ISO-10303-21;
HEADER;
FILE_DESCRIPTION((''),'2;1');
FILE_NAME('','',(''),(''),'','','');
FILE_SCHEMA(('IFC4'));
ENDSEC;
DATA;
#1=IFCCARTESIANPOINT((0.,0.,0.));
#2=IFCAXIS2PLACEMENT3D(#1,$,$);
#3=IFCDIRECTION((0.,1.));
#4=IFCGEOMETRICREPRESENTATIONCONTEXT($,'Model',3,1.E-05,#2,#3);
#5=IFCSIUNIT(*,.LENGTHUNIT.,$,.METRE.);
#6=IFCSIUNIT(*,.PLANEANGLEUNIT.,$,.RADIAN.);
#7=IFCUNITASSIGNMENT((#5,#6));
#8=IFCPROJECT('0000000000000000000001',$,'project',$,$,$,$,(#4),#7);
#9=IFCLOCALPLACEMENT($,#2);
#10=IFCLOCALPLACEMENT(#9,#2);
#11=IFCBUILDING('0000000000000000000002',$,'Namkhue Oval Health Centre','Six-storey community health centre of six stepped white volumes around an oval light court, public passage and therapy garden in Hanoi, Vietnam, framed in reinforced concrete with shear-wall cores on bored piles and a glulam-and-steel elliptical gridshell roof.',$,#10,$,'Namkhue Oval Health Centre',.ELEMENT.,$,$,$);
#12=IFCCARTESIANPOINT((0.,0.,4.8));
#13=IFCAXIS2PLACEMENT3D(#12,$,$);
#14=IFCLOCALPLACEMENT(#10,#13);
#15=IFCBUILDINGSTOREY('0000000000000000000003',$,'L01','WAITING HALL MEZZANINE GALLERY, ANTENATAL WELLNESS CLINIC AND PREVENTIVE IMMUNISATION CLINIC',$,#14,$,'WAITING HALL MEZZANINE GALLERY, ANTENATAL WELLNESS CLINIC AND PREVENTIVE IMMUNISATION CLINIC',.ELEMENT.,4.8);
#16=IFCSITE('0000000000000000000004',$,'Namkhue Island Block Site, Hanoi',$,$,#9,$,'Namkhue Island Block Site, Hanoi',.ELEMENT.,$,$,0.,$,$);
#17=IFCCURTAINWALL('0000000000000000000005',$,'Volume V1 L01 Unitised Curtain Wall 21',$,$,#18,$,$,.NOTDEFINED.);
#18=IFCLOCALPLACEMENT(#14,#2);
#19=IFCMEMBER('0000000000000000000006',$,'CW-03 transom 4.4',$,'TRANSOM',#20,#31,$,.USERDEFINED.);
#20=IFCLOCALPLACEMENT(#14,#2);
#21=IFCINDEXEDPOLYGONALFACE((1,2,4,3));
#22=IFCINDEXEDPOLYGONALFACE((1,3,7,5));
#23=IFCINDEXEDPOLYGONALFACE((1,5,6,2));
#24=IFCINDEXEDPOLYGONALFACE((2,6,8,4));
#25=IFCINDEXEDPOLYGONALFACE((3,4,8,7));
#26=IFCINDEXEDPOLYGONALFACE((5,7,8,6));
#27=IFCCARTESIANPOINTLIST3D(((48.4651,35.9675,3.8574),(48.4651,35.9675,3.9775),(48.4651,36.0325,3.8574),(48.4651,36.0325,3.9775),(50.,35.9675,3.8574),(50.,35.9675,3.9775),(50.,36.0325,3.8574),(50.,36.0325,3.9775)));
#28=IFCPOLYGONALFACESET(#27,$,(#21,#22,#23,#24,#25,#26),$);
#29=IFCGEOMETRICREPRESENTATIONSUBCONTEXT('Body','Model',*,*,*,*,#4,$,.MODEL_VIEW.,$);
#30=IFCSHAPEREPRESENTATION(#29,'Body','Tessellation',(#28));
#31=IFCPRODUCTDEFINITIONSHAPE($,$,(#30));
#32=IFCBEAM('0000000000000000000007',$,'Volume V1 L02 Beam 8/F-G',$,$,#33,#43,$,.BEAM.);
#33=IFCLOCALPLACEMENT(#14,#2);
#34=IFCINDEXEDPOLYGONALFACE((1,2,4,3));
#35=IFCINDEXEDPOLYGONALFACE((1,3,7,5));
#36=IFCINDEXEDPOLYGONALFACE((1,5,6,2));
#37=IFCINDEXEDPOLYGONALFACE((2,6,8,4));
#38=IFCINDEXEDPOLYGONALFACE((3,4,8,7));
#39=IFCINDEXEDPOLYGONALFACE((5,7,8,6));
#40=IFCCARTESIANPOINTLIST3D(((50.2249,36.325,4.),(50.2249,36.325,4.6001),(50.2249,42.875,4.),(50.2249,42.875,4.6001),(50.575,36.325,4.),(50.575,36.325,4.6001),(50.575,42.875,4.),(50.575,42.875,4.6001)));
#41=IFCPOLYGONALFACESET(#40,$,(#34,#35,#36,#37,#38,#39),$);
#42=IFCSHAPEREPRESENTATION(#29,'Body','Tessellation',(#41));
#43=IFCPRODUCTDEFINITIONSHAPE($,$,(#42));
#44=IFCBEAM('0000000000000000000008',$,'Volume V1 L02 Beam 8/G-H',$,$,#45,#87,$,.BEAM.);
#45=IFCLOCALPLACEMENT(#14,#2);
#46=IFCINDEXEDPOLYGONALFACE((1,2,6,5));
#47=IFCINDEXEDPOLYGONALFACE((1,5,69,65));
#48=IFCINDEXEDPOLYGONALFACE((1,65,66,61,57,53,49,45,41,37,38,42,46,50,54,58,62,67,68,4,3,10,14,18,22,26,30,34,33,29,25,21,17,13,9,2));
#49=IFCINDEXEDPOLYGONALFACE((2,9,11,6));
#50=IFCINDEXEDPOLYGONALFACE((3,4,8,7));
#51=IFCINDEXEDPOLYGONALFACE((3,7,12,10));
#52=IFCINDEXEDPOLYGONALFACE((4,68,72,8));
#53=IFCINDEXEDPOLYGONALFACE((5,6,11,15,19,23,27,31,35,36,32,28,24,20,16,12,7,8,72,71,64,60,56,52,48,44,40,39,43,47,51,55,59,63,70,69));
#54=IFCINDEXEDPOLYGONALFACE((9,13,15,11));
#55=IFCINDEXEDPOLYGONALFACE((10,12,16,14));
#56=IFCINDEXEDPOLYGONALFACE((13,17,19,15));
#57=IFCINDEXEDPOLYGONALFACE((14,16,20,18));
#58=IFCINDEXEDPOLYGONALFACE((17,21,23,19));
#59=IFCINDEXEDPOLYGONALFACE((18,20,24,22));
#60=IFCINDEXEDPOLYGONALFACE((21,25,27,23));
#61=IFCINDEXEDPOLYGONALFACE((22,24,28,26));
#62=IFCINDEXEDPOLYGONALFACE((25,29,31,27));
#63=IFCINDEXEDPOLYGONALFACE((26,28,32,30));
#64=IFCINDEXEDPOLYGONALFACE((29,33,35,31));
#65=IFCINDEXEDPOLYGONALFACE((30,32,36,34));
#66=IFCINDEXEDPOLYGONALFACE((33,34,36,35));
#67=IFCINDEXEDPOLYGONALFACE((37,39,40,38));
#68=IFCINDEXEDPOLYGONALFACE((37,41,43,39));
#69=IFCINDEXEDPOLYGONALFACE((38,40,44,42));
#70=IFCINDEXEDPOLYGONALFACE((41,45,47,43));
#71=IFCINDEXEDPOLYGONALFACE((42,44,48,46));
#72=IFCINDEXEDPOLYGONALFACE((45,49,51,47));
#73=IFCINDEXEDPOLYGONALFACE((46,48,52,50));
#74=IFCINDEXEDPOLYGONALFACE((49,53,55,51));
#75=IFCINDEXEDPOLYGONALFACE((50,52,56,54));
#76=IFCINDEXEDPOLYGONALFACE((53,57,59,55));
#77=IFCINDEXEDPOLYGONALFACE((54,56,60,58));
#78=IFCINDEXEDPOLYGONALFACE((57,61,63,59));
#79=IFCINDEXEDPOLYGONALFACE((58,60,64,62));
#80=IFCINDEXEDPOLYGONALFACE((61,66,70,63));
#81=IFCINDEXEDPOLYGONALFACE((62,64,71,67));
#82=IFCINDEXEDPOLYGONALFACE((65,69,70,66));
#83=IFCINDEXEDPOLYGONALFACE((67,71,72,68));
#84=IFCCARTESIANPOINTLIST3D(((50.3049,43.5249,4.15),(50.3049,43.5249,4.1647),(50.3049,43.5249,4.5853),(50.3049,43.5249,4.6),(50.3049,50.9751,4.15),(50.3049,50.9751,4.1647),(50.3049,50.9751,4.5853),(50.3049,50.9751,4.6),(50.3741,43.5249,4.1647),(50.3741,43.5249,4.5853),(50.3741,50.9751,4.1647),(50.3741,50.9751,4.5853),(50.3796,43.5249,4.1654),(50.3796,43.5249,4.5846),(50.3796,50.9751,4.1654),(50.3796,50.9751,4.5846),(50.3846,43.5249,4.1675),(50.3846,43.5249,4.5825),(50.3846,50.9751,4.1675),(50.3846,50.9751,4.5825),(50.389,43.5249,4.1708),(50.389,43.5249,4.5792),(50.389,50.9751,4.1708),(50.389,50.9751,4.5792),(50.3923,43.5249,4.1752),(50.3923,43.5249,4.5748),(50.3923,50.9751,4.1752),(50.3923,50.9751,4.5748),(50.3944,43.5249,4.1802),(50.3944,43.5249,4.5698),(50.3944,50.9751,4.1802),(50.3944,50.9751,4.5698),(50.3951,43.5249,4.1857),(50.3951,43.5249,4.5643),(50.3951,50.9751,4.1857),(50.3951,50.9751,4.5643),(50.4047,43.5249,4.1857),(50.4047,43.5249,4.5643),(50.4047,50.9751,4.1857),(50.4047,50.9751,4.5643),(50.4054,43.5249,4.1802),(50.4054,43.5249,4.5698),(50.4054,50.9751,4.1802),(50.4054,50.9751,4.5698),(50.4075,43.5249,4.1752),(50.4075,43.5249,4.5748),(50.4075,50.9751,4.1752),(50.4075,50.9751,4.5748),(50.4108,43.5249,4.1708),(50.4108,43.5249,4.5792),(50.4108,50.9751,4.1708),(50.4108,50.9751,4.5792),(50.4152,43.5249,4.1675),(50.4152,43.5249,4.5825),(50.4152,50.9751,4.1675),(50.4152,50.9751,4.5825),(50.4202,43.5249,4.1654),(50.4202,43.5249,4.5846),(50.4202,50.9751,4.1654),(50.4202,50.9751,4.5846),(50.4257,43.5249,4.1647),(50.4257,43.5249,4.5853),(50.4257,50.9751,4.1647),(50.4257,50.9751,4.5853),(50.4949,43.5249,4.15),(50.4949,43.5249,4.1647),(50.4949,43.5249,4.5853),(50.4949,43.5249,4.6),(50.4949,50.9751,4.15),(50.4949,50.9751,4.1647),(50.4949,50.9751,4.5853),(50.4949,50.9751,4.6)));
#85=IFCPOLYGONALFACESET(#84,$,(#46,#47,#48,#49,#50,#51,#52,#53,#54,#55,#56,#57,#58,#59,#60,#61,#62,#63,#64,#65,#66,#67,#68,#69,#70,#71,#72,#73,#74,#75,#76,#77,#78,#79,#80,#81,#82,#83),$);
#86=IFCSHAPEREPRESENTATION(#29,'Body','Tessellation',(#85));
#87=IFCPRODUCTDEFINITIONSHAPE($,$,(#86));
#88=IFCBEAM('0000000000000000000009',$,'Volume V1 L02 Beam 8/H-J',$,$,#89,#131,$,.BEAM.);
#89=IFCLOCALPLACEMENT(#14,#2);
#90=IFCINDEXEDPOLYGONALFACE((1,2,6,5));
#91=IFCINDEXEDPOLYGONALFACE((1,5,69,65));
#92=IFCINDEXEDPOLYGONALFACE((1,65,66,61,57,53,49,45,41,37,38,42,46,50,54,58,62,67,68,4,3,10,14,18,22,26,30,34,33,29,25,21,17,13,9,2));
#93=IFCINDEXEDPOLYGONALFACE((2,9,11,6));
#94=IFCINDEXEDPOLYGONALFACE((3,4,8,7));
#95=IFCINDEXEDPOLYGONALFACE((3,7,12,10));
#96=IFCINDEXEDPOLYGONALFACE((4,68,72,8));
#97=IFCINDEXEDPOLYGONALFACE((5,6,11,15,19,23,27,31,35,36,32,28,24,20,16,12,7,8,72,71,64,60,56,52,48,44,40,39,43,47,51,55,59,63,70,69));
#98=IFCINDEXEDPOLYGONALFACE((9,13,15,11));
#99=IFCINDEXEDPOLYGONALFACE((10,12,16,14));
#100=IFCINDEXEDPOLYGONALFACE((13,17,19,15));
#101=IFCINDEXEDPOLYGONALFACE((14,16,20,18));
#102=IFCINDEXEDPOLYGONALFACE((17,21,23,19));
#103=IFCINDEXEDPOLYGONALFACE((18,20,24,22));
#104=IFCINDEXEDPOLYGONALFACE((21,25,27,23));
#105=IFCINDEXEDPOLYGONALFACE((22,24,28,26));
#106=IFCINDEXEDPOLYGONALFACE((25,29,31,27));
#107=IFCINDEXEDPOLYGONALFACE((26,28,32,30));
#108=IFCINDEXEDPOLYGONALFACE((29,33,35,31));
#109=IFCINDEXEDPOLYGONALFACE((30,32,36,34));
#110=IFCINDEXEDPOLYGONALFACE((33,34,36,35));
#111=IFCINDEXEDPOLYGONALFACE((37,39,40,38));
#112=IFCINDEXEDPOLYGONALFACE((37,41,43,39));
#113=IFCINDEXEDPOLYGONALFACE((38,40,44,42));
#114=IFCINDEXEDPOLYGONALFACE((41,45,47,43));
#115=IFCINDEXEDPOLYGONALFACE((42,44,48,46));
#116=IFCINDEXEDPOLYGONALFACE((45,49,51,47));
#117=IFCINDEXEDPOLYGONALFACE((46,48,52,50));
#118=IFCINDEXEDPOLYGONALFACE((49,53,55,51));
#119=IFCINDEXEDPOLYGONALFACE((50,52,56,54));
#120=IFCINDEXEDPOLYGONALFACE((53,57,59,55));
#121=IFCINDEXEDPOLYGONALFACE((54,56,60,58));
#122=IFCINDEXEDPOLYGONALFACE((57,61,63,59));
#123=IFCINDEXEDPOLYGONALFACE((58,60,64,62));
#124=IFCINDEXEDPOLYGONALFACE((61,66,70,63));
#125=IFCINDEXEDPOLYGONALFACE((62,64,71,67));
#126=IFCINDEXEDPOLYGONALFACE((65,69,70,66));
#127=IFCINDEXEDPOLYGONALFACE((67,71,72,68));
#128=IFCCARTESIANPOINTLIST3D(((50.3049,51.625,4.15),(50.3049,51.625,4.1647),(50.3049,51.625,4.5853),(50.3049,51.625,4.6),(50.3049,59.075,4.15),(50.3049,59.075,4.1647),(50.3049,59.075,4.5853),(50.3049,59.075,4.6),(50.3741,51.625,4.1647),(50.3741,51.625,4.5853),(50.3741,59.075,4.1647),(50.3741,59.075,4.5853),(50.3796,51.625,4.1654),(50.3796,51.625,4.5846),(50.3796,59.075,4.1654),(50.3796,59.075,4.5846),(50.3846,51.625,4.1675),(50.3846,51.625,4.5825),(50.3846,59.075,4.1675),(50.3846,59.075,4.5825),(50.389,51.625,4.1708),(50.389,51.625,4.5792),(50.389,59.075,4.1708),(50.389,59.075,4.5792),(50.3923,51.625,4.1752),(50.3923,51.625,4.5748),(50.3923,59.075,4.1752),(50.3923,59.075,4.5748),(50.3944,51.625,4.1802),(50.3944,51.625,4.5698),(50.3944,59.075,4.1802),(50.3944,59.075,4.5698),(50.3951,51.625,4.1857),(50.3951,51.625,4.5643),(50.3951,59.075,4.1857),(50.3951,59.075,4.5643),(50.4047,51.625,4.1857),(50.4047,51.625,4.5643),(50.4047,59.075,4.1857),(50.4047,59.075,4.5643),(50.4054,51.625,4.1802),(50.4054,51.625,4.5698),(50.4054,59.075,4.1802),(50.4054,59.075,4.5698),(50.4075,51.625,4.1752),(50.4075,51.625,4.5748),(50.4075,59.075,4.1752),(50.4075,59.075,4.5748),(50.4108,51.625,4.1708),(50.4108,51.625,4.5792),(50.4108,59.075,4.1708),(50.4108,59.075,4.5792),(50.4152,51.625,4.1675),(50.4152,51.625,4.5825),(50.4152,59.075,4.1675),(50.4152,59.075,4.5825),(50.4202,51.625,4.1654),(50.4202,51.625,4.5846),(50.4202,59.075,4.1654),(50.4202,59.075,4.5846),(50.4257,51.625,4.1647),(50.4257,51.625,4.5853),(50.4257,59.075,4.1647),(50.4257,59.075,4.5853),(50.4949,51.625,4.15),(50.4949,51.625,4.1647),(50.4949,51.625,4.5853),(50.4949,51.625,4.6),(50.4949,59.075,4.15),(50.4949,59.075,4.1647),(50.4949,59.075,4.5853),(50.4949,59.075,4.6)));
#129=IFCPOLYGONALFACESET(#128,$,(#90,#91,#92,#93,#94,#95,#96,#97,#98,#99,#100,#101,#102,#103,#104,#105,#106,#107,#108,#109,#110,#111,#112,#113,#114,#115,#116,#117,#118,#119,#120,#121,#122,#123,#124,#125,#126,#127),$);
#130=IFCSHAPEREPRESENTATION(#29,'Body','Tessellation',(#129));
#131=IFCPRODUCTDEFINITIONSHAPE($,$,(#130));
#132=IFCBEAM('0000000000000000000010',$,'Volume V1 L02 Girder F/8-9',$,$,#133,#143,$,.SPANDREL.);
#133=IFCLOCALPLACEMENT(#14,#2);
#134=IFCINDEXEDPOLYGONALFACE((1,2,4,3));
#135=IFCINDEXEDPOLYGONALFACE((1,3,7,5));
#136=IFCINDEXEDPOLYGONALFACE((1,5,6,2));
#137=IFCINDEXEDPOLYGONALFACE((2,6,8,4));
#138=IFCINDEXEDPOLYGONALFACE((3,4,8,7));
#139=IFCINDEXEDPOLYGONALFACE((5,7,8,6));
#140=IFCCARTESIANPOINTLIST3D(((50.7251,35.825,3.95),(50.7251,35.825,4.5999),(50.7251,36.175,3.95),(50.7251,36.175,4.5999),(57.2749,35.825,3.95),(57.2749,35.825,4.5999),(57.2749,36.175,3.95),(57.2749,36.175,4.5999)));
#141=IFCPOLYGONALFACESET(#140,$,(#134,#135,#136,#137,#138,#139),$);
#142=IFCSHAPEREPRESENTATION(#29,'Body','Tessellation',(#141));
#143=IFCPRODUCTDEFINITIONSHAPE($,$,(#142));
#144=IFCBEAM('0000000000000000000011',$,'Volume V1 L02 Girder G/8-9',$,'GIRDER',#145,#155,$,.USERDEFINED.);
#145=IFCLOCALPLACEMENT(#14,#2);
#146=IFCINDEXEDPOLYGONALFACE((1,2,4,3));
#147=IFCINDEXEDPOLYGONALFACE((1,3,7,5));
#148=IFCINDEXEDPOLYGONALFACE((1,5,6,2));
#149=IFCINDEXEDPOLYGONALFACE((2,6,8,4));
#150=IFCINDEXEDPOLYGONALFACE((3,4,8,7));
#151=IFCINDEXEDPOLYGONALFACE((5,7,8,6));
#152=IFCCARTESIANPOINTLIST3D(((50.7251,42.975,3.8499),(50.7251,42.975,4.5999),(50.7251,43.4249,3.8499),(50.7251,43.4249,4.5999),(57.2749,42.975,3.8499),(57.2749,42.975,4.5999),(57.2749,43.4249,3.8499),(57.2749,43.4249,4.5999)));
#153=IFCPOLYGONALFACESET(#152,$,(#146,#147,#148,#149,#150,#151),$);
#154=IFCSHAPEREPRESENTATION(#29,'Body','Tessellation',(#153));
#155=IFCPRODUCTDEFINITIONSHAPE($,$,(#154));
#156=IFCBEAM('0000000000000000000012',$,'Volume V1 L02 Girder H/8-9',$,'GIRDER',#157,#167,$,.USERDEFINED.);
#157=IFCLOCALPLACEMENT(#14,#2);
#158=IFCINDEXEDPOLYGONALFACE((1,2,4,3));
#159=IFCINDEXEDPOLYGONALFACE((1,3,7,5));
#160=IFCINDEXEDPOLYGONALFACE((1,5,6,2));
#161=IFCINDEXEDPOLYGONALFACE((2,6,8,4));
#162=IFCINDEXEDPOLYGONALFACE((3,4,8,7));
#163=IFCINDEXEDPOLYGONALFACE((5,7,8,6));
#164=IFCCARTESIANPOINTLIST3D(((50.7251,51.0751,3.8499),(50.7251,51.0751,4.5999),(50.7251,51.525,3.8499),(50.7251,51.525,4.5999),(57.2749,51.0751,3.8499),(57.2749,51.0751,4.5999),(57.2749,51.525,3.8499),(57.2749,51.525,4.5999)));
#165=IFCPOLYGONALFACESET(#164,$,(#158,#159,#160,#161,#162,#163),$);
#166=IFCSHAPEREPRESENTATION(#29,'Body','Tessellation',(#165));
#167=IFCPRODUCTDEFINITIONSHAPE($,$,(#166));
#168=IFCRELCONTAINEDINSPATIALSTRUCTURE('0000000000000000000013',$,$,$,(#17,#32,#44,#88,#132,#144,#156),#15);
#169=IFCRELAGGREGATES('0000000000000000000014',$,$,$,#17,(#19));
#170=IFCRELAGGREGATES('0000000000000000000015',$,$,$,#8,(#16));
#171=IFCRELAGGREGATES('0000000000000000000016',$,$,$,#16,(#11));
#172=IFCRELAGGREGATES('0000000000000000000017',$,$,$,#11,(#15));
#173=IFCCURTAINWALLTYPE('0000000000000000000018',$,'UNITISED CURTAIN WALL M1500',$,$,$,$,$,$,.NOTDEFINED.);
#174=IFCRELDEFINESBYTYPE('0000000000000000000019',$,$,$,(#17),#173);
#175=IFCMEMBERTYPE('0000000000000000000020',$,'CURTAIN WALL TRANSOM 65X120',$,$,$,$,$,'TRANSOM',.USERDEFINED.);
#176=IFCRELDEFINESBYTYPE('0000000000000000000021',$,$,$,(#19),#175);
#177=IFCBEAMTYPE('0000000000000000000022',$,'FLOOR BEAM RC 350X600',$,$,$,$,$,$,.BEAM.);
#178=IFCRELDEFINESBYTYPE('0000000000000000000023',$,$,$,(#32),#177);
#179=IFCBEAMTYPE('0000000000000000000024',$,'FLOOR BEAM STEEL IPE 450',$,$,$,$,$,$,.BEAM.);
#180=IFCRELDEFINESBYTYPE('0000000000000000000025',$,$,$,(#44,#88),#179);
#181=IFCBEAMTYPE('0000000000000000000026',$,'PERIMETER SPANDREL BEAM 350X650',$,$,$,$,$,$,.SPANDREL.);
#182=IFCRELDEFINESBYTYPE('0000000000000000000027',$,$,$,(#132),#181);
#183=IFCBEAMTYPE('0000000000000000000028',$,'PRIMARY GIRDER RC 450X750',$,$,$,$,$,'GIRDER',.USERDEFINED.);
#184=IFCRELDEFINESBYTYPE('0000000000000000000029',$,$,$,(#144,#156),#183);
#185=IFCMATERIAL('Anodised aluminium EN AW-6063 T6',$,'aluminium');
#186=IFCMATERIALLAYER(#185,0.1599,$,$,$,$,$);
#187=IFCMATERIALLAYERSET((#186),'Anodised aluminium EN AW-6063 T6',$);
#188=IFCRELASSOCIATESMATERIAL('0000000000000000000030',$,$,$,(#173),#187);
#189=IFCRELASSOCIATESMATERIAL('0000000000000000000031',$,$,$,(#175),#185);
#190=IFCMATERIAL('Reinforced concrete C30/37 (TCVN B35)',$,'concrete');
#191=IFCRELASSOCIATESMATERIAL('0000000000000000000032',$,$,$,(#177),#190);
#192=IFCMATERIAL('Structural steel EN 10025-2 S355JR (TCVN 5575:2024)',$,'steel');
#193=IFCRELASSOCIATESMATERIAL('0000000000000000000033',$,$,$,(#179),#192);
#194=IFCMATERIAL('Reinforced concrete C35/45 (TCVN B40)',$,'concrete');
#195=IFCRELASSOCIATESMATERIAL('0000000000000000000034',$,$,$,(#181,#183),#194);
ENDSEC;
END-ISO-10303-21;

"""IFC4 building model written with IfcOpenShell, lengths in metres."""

from ifc_helpers import new_model, si_unit, direction, frame, origin, origin_2d, place, context, subcontext, project, spatial, rectangle, i_section, extrude, material, layer, layer_set, material_profile, profile_set, type_object, element, aggregate, save


model = new_model("IFC4")

# Units and contexts
model_context = context("Model", 3, precision=1e-05, world=origin(), true_north=direction((0.0, 1.0)))
body_context = subcontext(model_context, "Body", "Model", "MODEL_VIEW")
ifc_project = project(units=[si_unit("LENGTHUNIT", "METRE"), si_unit("PLANEANGLEUNIT", "RADIAN")], contexts=[model_context])

# Site, building, storey
site_placement = place(None, origin())
site = spatial("IfcSite", under=ifc_project, at=site_placement, Name="Namkhue Island Block Site, Hanoi", LongName="Namkhue Island Block Site, Hanoi", CompositionType="ELEMENT", RefElevation=0.0)
building_placement = place(site_placement, origin())
building = spatial("IfcBuilding", under=site, at=building_placement, Name="Namkhue Oval Health Centre", Description="Six-storey community health centre of six stepped white volumes around an oval light court, public passage and therapy garden in Hanoi, Vietnam, framed in reinforced concrete with shear-wall cores on bored piles and a glulam-and-steel elliptical gridshell roof.", LongName="Namkhue Oval Health Centre", CompositionType="ELEMENT")
storey_placement = place(building_placement, frame((0.0, 0.0, 4.8)))
storey = spatial("IfcBuildingStorey", under=building, at=storey_placement, Name="L01", Description="WAITING HALL MEZZANINE GALLERY, ANTENATAL WELLNESS CLINIC AND PREVENTIVE IMMUNISATION CLINIC", LongName="WAITING HALL MEZZANINE GALLERY, ANTENATAL WELLNESS CLINIC AND PREVENTIVE IMMUNISATION CLINIC", CompositionType="ELEMENT", Elevation=4.8)

# Shared definitions
ifc_material_1 = material(Name="Reinforced concrete C35/45 (TCVN B40)", Category="concrete")

# Curtain wall, member
ifc_material_2 = material(Name="Anodised aluminium EN AW-6063 T6", Category="aluminium")
ifc_layer_1 = layer(ifc_material_2, 0.1599)
ifc_layer_set_1 = layer_set([ifc_layer_1], Name="Anodised aluminium EN AW-6063 T6")
curtain_wall_type = type_object("IfcCurtainWallType", Name="UNITISED CURTAIN WALL M1500", PredefinedType="NOTDEFINED", material=ifc_layer_set_1)
curtain_wall_placement = place(storey_placement, origin())
curtain_wall = element("IfcCurtainWall", 1, at=curtain_wall_placement, inside=storey, type_object=curtain_wall_type, Name="Volume V1 L01 Unitised Curtain Wall 21", PredefinedType="NOTDEFINED")
ifc_material_profile_1 = material_profile(ifc_material_2, rectangle(XDim=0.0649, YDim=0.1201, at=origin_2d()), Name="ALU 65x120")
ifc_profile_set_1 = profile_set([ifc_material_profile_1], Name="Anodised aluminium EN AW-6063 T6")
member_type_1 = type_object("IfcMemberType", Name="CURTAIN WALL TRANSOM 65X120", ElementType="TRANSOM", PredefinedType="USERDEFINED", material=ifc_profile_set_1)
member_1_placement = place(storey_placement, frame((48.4651, 36.0, 3.9175), z_axis=(1.0, 0.0, 0.0), x_axis=(0.0, 1.0, 0.0)))
member_1 = element("IfcMember", 2, at=member_1_placement, type_object=member_type_1, Name="CW-03 transom 4.4", ObjectType="TRANSOM", PredefinedType="USERDEFINED", context=body_context, shape_type="SweptSolid", body=[
    extrude(rectangle(XDim=0.0649, YDim=0.1201, at=origin_2d()), origin(), (0.0, 0.0, 1.0), 1.5349),
])

# Beams
ifc_material_3 = material(Name="Reinforced concrete C30/37 (TCVN B35)", Category="concrete")
ifc_material_profile_2 = material_profile(ifc_material_3, rectangle(XDim=0.3501, YDim=0.6001, at=origin_2d()), Name="RC 350x600")
ifc_profile_set_2 = profile_set([ifc_material_profile_2], Name="Reinforced concrete C30/37 (TCVN B35)")
beam_type_1 = type_object("IfcBeamType", Name="FLOOR BEAM RC 350X600", PredefinedType="BEAM", material=ifc_profile_set_2)
beam_1_placement = place(storey_placement, frame((50.3999, 36.325, 4.3), z_axis=(0.0, 1.0, 0.0), x_axis=(-1.0, 0.0, 0.0)))
element("IfcBeam", 3, at=beam_1_placement, inside=storey, type_object=beam_type_1, Name="Volume V1 L02 Beam 8/F-G", PredefinedType="BEAM", context=body_context, shape_type="SweptSolid", body=[
    extrude(rectangle(XDim=0.3501, YDim=0.6001, at=origin_2d()), origin(), (0.0, 0.0, 1.0), 6.55),
])
ifc_material_4 = material(Name="Structural steel EN 10025-2 S355JR (TCVN 5575:2024)", Category="steel")
ifc_material_profile_3 = material_profile(ifc_material_4, i_section(OverallWidth=0.1899, OverallDepth=0.45, WebThickness=0.0095, FlangeThickness=0.0146, FilletRadius=0.021, at=origin_2d()), Name="IPE 450")
ifc_profile_set_3 = profile_set([ifc_material_profile_3], Name="Structural steel EN 10025-2 S355JR (TCVN 5575:2024)")
beam_type_2 = type_object("IfcBeamType", Name="FLOOR BEAM STEEL IPE 450", PredefinedType="BEAM", material=ifc_profile_set_3)
beam_2_placement = place(storey_placement, frame((50.3999, 43.5249, 4.375), z_axis=(0.0, 1.0, 0.0), x_axis=(-1.0, 0.0, 0.0)))
element("IfcBeam", 4, at=beam_2_placement, inside=storey, type_object=beam_type_2, Name="Volume V1 L02 Beam 8/G-H", PredefinedType="BEAM", context=body_context, shape_type="SweptSolid", body=[
    extrude(i_section(OverallWidth=0.1899, OverallDepth=0.45, WebThickness=0.0095, FlangeThickness=0.0146, FilletRadius=0.021, at=origin_2d()), origin(), (0.0, 0.0, 1.0), 7.4502),
])
beam_3_placement = place(storey_placement, frame((50.3999, 51.625, 4.375), z_axis=(0.0, 1.0, 0.0), x_axis=(-1.0, 0.0, 0.0)))
element("IfcBeam", 5, at=beam_3_placement, inside=storey, type_object=beam_type_2, Name="Volume V1 L02 Beam 8/H-J", PredefinedType="BEAM", context=body_context, shape_type="SweptSolid", body=[
    extrude(i_section(OverallWidth=0.1899, OverallDepth=0.45, WebThickness=0.0095, FlangeThickness=0.0146, FilletRadius=0.021, at=origin_2d()), origin(), (0.0, 0.0, 1.0), 7.45),
])
ifc_material_profile_4 = material_profile(ifc_material_1, rectangle(XDim=0.3501, YDim=0.6499, at=origin_2d()), Name="RC 350x650")
ifc_profile_set_4 = profile_set([ifc_material_profile_4], Name="Reinforced concrete C35/45 (TCVN B40)")
beam_type_3 = type_object("IfcBeamType", Name="PERIMETER SPANDREL BEAM 350X650", PredefinedType="SPANDREL", material=ifc_profile_set_4)
beam_4_placement = place(storey_placement, frame((50.7251, 36.0, 4.2749), z_axis=(1.0, 0.0, 0.0), x_axis=(0.0, 1.0, 0.0)))
element("IfcBeam", 6, at=beam_4_placement, inside=storey, type_object=beam_type_3, Name="Volume V1 L02 Girder F/8-9", PredefinedType="SPANDREL", context=body_context, shape_type="SweptSolid", body=[
    extrude(rectangle(XDim=0.3501, YDim=0.6499, at=origin_2d()), origin(), (0.0, 0.0, 1.0), 6.5498),
])
ifc_material_profile_5 = material_profile(ifc_material_1, rectangle(XDim=0.45, YDim=0.75, at=origin_2d()), Name="RC 450x750")
ifc_profile_set_5 = profile_set([ifc_material_profile_5], Name="Reinforced concrete C35/45 (TCVN B40)")
beam_type_4 = type_object("IfcBeamType", Name="PRIMARY GIRDER RC 450X750", ElementType="GIRDER", PredefinedType="USERDEFINED", material=ifc_profile_set_5)
for number, where, z_axis, x_axis, name in (
    (7, (50.7251, 43.2, 4.2249), (1.0, 0.0, 0.0), (0.0, 1.0, 0.0), "Volume V1 L02 Girder G/8-9"),
    (8, (50.7251, 51.3, 4.2249), (1.0, 0.0, 0.0), (0.0, 1.0, 0.0), "Volume V1 L02 Girder H/8-9"),
):
    element("IfcBeam", number, at=place(storey_placement, frame(where, z_axis=z_axis, x_axis=x_axis)), inside=storey, type_object=beam_type_4, Name=name, ObjectType="GIRDER", PredefinedType="USERDEFINED", context=body_context, shape_type="SweptSolid", body=[
        extrude(rectangle(XDim=0.45, YDim=0.75, at=origin_2d()), origin(), (0.0, 0.0, 1.0), 6.5498),
    ])

aggregate(curtain_wall, [member_1])

save(model, "model.ifc")
